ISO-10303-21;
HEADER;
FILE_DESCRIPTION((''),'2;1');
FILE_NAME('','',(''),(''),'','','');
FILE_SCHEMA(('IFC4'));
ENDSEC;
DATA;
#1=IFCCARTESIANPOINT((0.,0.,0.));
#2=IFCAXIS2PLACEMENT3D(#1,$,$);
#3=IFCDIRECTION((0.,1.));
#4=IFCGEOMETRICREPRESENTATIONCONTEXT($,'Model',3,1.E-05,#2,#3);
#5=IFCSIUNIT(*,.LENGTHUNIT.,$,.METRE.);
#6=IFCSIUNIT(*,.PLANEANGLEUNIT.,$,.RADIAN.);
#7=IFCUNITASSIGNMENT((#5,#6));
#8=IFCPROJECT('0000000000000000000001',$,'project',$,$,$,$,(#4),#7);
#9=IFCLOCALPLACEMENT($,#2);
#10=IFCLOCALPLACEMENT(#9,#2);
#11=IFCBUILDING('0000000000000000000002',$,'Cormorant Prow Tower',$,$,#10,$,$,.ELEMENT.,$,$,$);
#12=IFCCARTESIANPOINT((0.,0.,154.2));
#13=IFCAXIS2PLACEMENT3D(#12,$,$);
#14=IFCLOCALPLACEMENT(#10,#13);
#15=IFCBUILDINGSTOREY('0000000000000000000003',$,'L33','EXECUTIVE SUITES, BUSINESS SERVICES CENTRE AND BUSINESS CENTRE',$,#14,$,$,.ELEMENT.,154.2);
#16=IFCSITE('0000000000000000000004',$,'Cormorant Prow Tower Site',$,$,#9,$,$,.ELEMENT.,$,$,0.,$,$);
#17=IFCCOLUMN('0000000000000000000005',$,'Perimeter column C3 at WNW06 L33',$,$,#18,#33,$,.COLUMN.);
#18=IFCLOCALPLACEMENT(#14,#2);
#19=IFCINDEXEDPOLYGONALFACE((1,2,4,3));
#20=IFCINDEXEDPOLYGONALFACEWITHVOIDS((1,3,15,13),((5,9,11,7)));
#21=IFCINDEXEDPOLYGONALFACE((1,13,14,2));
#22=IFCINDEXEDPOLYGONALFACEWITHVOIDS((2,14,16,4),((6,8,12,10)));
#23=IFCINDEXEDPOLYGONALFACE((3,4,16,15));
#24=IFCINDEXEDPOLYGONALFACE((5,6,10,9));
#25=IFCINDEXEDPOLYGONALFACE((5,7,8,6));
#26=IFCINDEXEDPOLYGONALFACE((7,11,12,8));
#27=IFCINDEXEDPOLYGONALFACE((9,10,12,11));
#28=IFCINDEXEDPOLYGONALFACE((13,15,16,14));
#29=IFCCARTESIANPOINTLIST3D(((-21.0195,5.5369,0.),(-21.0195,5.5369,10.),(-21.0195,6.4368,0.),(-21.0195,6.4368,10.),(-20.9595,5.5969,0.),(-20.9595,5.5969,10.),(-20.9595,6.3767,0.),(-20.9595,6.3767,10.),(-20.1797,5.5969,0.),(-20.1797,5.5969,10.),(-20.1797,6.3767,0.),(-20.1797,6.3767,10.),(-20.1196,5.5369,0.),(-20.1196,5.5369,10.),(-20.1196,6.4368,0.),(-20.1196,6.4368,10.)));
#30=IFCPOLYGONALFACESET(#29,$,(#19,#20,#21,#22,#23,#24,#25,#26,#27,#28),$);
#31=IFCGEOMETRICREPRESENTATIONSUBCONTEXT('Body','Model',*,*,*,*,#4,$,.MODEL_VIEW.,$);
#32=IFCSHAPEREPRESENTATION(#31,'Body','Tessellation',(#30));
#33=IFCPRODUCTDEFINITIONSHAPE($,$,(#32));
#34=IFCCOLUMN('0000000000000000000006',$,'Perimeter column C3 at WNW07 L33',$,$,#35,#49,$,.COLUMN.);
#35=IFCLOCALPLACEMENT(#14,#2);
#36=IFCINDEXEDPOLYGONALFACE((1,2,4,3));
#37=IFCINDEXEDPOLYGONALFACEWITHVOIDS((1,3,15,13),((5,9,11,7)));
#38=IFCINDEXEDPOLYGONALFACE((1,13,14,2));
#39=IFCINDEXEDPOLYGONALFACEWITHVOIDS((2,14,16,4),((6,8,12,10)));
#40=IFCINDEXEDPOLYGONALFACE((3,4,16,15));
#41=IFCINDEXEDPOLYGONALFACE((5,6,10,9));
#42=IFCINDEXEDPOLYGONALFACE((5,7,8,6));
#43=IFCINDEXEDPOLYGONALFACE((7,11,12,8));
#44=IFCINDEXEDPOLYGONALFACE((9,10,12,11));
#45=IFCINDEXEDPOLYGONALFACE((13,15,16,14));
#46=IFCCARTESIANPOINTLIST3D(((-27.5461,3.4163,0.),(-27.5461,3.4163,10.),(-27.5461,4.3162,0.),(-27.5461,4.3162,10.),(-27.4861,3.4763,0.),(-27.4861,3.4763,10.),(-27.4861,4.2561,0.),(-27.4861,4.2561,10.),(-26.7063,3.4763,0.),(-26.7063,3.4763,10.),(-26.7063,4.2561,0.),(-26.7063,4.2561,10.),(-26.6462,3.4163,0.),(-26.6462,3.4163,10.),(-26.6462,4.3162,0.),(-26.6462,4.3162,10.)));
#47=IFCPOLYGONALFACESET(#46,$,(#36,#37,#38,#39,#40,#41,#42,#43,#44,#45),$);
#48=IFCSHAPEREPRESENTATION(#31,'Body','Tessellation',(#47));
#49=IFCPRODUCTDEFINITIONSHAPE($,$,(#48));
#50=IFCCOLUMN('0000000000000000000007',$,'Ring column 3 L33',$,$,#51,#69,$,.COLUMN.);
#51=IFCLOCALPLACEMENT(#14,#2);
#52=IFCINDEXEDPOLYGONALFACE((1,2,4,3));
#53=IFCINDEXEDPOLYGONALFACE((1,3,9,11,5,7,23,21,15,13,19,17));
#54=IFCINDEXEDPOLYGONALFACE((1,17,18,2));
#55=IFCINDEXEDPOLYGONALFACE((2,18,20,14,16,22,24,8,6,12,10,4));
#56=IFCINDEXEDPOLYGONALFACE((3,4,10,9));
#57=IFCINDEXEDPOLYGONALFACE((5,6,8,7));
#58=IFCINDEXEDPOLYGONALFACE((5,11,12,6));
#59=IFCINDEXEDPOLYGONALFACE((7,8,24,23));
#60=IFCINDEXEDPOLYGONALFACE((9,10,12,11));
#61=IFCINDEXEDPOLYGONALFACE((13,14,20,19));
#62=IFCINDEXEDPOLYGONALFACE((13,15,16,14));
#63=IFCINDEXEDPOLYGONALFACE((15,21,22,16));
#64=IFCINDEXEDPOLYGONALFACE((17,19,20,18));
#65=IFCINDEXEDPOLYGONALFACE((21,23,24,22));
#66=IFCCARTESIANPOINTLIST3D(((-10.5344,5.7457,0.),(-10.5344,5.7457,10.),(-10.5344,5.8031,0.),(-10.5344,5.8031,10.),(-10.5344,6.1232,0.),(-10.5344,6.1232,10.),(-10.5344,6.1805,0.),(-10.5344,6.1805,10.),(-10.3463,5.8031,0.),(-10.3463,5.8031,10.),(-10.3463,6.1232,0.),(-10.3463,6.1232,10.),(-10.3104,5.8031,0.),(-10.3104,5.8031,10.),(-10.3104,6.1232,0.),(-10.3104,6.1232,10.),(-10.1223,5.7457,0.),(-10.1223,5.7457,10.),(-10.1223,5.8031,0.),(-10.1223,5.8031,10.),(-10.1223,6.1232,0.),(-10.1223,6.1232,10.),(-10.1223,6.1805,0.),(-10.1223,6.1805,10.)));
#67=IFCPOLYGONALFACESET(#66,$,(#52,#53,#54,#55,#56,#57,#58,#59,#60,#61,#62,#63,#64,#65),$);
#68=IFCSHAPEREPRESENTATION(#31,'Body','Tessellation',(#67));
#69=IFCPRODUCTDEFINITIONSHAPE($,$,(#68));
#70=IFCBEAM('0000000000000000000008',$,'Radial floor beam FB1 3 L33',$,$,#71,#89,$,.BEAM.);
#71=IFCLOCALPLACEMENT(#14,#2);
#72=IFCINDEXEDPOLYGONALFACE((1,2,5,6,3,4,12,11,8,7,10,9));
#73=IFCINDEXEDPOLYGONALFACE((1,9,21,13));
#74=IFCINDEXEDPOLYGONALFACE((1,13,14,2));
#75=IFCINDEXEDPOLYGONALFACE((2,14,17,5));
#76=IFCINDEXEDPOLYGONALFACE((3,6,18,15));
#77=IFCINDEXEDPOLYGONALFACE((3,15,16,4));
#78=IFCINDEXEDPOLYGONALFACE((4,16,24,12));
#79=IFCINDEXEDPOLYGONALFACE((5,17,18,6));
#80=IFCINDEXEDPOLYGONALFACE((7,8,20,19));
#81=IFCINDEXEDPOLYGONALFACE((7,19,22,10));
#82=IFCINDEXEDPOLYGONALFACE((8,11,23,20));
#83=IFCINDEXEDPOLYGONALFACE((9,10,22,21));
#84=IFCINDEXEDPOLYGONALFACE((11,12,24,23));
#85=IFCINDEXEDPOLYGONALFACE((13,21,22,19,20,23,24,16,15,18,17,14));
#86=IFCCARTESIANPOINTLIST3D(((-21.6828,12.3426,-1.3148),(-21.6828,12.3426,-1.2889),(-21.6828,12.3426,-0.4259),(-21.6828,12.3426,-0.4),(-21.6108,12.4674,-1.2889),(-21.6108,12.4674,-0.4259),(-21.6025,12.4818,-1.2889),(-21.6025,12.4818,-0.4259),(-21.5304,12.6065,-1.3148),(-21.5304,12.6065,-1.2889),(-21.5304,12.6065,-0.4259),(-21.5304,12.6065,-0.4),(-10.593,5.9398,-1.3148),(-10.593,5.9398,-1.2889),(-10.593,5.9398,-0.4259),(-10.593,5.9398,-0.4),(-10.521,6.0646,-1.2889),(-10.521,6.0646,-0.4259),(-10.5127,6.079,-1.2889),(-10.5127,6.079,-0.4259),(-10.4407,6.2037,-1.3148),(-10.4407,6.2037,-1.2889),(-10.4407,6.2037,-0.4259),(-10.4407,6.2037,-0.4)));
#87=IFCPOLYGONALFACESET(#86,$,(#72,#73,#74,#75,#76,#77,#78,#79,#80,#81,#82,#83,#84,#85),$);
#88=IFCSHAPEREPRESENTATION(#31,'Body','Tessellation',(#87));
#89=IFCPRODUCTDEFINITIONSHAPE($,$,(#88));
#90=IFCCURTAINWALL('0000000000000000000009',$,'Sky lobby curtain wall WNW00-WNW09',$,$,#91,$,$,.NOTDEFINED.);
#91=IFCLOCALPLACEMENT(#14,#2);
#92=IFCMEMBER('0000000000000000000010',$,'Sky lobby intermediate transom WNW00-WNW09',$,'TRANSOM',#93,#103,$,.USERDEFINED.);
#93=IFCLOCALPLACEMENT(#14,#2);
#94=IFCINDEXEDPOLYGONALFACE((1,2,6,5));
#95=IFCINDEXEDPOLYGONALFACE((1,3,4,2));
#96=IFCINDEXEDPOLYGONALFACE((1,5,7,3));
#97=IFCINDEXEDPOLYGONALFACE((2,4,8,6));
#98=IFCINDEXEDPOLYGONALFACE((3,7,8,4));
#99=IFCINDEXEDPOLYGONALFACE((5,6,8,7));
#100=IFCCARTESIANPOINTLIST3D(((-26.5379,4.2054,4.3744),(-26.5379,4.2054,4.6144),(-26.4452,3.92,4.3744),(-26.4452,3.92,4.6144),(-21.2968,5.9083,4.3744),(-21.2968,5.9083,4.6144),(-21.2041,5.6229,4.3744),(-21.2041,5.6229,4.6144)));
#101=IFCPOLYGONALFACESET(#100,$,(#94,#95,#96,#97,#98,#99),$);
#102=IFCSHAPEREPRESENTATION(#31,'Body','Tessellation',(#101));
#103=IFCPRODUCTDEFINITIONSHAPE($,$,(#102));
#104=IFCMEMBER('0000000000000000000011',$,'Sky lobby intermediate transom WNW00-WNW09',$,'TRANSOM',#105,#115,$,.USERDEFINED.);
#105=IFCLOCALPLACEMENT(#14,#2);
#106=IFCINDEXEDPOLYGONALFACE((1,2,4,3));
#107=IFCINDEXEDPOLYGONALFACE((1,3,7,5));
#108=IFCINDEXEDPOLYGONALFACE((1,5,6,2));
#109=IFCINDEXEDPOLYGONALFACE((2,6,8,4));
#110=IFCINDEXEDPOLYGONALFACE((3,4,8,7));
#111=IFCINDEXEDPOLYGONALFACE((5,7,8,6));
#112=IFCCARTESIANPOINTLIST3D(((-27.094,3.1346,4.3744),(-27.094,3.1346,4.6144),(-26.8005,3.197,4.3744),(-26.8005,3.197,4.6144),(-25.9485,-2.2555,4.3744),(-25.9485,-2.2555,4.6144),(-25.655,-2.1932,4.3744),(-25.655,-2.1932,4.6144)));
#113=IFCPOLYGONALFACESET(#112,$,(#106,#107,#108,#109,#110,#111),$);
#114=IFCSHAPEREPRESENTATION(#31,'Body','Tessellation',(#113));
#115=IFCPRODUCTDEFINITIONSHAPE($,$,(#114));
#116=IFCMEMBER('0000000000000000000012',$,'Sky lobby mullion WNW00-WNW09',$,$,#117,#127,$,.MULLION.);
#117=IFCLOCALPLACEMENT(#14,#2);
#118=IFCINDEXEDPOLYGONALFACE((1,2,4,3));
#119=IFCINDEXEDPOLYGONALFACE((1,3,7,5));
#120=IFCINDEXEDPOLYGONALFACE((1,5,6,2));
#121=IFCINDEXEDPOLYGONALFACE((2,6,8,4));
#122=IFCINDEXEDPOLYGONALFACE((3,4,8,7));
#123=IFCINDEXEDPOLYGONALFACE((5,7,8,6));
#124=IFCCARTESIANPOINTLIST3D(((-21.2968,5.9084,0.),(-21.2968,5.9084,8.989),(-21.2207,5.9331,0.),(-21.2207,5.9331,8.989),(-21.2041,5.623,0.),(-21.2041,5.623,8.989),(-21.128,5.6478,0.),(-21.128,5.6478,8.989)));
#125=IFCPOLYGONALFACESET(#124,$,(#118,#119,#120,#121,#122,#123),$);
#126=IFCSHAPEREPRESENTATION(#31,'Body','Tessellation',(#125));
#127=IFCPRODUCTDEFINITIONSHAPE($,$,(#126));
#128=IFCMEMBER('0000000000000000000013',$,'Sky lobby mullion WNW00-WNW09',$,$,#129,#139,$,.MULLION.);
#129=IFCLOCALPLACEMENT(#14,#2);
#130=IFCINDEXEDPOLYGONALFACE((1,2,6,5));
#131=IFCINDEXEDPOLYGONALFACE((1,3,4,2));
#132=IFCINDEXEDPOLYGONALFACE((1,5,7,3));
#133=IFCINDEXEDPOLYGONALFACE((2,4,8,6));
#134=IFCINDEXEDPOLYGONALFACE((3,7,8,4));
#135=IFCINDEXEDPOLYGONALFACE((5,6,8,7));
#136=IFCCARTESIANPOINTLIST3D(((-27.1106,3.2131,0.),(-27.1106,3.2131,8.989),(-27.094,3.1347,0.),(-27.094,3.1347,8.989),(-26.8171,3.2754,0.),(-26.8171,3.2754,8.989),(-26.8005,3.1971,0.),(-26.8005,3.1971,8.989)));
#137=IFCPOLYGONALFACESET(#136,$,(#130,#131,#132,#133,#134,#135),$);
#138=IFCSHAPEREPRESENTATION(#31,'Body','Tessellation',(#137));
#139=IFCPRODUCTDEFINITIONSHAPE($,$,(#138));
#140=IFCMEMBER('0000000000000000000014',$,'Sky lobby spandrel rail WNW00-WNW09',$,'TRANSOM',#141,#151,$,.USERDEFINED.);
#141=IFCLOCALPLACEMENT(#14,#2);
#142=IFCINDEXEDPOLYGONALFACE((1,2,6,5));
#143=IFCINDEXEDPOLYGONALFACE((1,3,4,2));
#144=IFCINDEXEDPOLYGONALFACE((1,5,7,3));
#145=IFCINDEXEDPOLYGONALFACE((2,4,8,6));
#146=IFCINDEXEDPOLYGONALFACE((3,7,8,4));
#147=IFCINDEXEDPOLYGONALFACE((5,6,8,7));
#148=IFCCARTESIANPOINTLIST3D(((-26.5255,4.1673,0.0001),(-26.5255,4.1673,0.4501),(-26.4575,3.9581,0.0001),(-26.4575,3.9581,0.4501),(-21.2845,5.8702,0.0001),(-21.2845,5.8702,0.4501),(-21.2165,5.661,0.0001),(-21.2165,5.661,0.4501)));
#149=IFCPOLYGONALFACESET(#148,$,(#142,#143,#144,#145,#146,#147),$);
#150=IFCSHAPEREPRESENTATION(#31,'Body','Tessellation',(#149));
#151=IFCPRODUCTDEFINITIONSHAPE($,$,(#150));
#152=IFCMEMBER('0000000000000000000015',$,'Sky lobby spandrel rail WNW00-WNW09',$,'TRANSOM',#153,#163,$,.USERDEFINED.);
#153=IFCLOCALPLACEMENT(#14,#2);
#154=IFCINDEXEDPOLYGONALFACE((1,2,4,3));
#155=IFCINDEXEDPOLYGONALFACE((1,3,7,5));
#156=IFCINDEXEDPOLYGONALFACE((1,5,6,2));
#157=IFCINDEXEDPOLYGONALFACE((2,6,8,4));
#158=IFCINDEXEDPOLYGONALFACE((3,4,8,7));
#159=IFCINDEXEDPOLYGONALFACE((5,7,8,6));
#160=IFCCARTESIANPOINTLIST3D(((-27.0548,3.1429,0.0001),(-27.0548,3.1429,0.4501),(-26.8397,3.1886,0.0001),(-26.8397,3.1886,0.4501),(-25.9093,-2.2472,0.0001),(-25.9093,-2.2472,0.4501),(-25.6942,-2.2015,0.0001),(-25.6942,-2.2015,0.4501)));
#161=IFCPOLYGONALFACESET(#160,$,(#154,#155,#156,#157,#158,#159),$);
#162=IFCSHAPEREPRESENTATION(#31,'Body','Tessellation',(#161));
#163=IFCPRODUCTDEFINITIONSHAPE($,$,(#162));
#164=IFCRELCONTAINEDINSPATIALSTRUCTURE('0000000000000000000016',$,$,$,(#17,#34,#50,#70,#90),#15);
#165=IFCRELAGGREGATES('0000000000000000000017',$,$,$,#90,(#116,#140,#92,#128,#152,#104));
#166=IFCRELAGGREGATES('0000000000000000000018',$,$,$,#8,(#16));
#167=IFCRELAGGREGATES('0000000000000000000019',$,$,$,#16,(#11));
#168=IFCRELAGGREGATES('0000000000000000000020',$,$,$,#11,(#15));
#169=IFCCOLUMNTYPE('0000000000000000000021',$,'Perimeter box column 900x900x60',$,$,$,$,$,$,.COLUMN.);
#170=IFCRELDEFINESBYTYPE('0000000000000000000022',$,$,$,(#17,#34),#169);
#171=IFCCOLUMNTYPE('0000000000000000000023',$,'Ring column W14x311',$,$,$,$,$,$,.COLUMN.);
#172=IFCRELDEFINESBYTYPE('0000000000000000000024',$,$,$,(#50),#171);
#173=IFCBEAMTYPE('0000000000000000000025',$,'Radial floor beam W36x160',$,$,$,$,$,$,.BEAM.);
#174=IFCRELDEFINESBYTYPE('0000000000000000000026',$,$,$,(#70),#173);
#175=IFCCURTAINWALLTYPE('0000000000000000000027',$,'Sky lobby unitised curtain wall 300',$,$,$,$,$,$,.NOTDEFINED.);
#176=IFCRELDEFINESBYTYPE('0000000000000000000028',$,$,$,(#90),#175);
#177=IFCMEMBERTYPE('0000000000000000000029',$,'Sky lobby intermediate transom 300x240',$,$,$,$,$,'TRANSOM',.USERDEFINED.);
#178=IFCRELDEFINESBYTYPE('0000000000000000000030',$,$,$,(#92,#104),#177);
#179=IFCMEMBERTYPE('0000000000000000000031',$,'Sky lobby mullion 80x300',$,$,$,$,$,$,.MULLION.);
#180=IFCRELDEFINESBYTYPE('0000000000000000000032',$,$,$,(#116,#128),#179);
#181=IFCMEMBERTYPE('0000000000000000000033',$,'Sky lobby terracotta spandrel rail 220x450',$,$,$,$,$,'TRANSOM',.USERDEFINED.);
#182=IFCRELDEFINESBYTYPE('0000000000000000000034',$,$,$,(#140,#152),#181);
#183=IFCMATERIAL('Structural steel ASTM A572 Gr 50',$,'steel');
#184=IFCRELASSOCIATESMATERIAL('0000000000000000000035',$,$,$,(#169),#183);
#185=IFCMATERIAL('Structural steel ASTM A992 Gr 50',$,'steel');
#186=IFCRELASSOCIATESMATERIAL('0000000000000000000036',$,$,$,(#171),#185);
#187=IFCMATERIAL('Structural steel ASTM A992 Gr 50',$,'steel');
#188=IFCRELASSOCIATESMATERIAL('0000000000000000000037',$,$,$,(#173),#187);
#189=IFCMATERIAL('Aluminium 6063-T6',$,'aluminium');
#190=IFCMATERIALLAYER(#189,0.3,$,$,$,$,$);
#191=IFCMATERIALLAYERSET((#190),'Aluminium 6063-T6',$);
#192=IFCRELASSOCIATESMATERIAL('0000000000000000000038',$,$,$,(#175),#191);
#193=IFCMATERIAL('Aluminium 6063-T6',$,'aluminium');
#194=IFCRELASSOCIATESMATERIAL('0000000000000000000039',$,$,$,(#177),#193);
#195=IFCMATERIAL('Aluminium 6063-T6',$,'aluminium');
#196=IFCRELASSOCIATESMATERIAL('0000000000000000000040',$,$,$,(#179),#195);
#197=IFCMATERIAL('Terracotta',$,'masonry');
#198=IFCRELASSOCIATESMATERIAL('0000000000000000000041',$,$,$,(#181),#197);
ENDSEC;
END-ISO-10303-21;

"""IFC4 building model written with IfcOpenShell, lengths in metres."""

from ifc_helpers import new_model, si_unit, direction, frame, origin, origin_2d, place, context, subcontext, project, spatial, rectangle, hollow_rectangle, i_section, extrude, material, layer, layer_set, material_profile, profile_set, type_object, element, aggregate, save


model = new_model("IFC4")

# Units and contexts
model_context = context("Model", 3, precision=1e-05, world=origin(), true_north=direction((0.0, 1.0)))
body_context = subcontext(model_context, "Body", "Model", "MODEL_VIEW")
ifc_project = project(units=[si_unit("LENGTHUNIT", "METRE"), si_unit("PLANEANGLEUNIT", "RADIAN")], contexts=[model_context])

# Site, building, storey
site_placement = place(None, origin())
site = spatial("IfcSite", under=ifc_project, at=site_placement, Name="Cormorant Prow Tower Site", CompositionType="ELEMENT", RefElevation=0.0)
building_placement = place(site_placement, origin())
building = spatial("IfcBuilding", under=site, at=building_placement, Name="Cormorant Prow Tower", CompositionType="ELEMENT")
storey_placement = place(building_placement, frame((0.0, 0.0, 154.2)))
storey = spatial("IfcBuildingStorey", under=building, at=storey_placement, Name="L33", Description="EXECUTIVE SUITES, BUSINESS SERVICES CENTRE AND BUSINESS CENTRE", CompositionType="ELEMENT", Elevation=154.2)

# Columns
ifc_material_1 = material(Name="Structural steel ASTM A572 Gr 50", Category="steel")
ifc_material_profile_1 = material_profile(ifc_material_1, hollow_rectangle(XDim=0.8999, YDim=0.8999, WallThickness=0.0601, at=origin_2d()), Name="Box 900x900x60")
ifc_profile_set_1 = profile_set([ifc_material_profile_1], Name="Structural steel ASTM A572 Gr 50")
column_type_1 = type_object("IfcColumnType", Name="Perimeter box column 900x900x60", PredefinedType="COLUMN", material=ifc_profile_set_1)
for number, where, z_axis, x_axis, name in (
    (1, (-20.5696, 5.9868, 0.0), (0.0, 0.0, 1.0), (1.0, 0.0, 0.0), "Perimeter column C3 at WNW06 L33"),
    (2, (-27.0962, 3.8662, 0.0), (0.0, 0.0, 1.0), (1.0, 0.0, 0.0), "Perimeter column C3 at WNW07 L33"),
):
    element("IfcColumn", number, at=place(storey_placement, frame(where, z_axis=z_axis, x_axis=x_axis)), inside=storey, type_object=column_type_1, Name=name, PredefinedType="COLUMN", context=body_context, shape_type="SweptSolid", body=[
        extrude(hollow_rectangle(XDim=0.8999, YDim=0.8999, WallThickness=0.0601, at=origin_2d()), origin(), (0.0, 0.0, 1.0), 10.0),
    ])
ifc_material_2 = material(Name="Structural steel ASTM A992 Gr 50", Category="steel")
ifc_material_profile_2 = material_profile(ifc_material_2, i_section(OverallWidth=0.4121, OverallDepth=0.4348, WebThickness=0.0359, FlangeThickness=0.0574, at=origin_2d()), Name="W14x311")
ifc_profile_set_2 = profile_set([ifc_material_profile_2], Name="Structural steel ASTM A992 Gr 50")
column_type_2 = type_object("IfcColumnType", Name="Ring column W14x311", PredefinedType="COLUMN", material=ifc_profile_set_2)
column_placement = place(storey_placement, frame((-10.3284, 5.9631, 0.0), z_axis=(0.0, 0.0, 1.0), x_axis=(1.0, 0.0, 0.0)))
element("IfcColumn", 3, at=column_placement, inside=storey, type_object=column_type_2, Name="Ring column 3 L33", PredefinedType="COLUMN", context=body_context, shape_type="SweptSolid", body=[
    extrude(i_section(OverallWidth=0.4121, OverallDepth=0.4348, WebThickness=0.0359, FlangeThickness=0.0574, at=origin_2d()), origin(), (0.0, 0.0, 1.0), 10.0),
])

# Beam
ifc_material_3 = material(Name="Structural steel ASTM A992 Gr 50", Category="steel")
ifc_material_profile_3 = material_profile(ifc_material_3, i_section(OverallWidth=0.3047, OverallDepth=0.9148, WebThickness=0.0166, FlangeThickness=0.0259, at=origin_2d()), Name="W36x160")
ifc_profile_set_3 = profile_set([ifc_material_profile_3], Name="Structural steel ASTM A992 Gr 50")
beam_type_1 = type_object("IfcBeamType", Name="Radial floor beam W36x160", PredefinedType="BEAM", material=ifc_profile_set_3)
beam_1_placement = place(storey_placement, frame((-10.5168, 6.0718, -0.8574), z_axis=(-0.866022, 0.500006, 0.0), x_axis=(-0.500006, -0.866022, 0.0)))
element("IfcBeam", 4, at=beam_1_placement, inside=storey, type_object=beam_type_1, Name="Radial floor beam FB1 3 L33", PredefinedType="BEAM", context=body_context, shape_type="SweptSolid", body=[
    extrude(i_section(OverallWidth=0.3047, OverallDepth=0.9148, WebThickness=0.0166, FlangeThickness=0.0259, at=origin_2d()), origin(), (0.0, 0.0, 1.0), 12.8054),
])

# Curtain wall, members
ifc_material_4 = material(Name="Aluminium 6063-T6", Category="aluminium")
ifc_layer_1 = layer(ifc_material_4, 0.3)
ifc_layer_set_1 = layer_set([ifc_layer_1], Name="Aluminium 6063-T6")
curtain_wall_type = type_object("IfcCurtainWallType", Name="Sky lobby unitised curtain wall 300", PredefinedType="NOTDEFINED", material=ifc_layer_set_1)
curtain_wall_placement = place(storey_placement, origin())
curtain_wall = element("IfcCurtainWall", 5, at=curtain_wall_placement, inside=storey, type_object=curtain_wall_type, Name="Sky lobby curtain wall WNW00-WNW09", PredefinedType="NOTDEFINED")
ifc_material_5 = material(Name="Aluminium 6063-T6", Category="aluminium")
ifc_material_profile_4 = material_profile(ifc_material_5, rectangle(XDim=0.3, YDim=0.24, at=origin_2d()), Name="Sky lobby intermediate transom 300x240")
ifc_profile_set_4 = profile_set([ifc_material_profile_4], Name="Aluminium 6063-T6")
member_type_1 = type_object("IfcMemberType", Name="Sky lobby intermediate transom 300x240", ElementType="TRANSOM", PredefinedType="USERDEFINED", material=ifc_profile_set_4)
member_1_placement = place(storey_placement, frame((-21.2505, 5.7656, 4.4944), z_axis=(-0.951057, -0.309015, 0.0), x_axis=(0.309015, -0.951057, 0.0)))
member_1 = element("IfcMember", 6, at=member_1_placement, type_object=member_type_1, Name="Sky lobby intermediate transom WNW00-WNW09", ObjectType="TRANSOM", PredefinedType="USERDEFINED", context=body_context, shape_type="SweptSolid", body=[
    extrude(rectangle(XDim=0.3, YDim=0.24, at=origin_2d()), origin(), (0.0, 0.0, 1.0), 5.5107),
])
member_2_placement = place(storey_placement, frame((-26.9473, 3.1658, 4.4944), z_axis=(0.207877, -0.978155, 0.0), x_axis=(0.978155, 0.207877, 0.0)))
member_2 = element("IfcMember", 7, at=member_2_placement, type_object=member_type_1, Name="Sky lobby intermediate transom WNW00-WNW09", ObjectType="TRANSOM", PredefinedType="USERDEFINED", context=body_context, shape_type="SweptSolid", body=[
    extrude(rectangle(XDim=0.3, YDim=0.24, at=origin_2d()), origin(), (0.0, 0.0, 1.0), 5.5105),
])
ifc_material_6 = material(Name="Aluminium 6063-T6", Category="aluminium")
ifc_material_profile_5 = material_profile(ifc_material_6, rectangle(XDim=0.3, YDim=0.0801, at=origin_2d()), Name="Sky lobby mullion 80x300")
ifc_profile_set_5 = profile_set([ifc_material_profile_5], Name="Aluminium 6063-T6")
member_type_2 = type_object("IfcMemberType", Name="Sky lobby mullion 80x300", PredefinedType="MULLION", material=ifc_profile_set_5)
member_3_placement = place(storey_placement, frame((-21.2124, 5.7781, 0.0), z_axis=(0.0, 0.0, 1.0), x_axis=(0.309017, -0.951056, 0.0)))
member_3 = element("IfcMember", 8, at=member_3_placement, type_object=member_type_2, Name="Sky lobby mullion WNW00-WNW09", PredefinedType="MULLION", context=body_context, shape_type="SweptSolid", body=[
    extrude(rectangle(XDim=0.3, YDim=0.0801, at=origin_2d()), origin(), (0.0, 0.0, 1.0), 8.989),
])
member_4_placement = place(storey_placement, frame((-26.9556, 3.2051, 0.0), z_axis=(0.0, 0.0, 1.0), x_axis=(0.978148, 0.207912, 0.0)))
member_4 = element("IfcMember", 9, at=member_4_placement, type_object=member_type_2, Name="Sky lobby mullion WNW00-WNW09", PredefinedType="MULLION", context=body_context, shape_type="SweptSolid", body=[
    extrude(rectangle(XDim=0.3, YDim=0.0801, at=origin_2d()), origin(), (0.0, 0.0, 1.0), 8.989),
])
ifc_material_7 = material(Name="Terracotta", Category="masonry")
ifc_material_profile_6 = material_profile(ifc_material_7, rectangle(XDim=0.22, YDim=0.45, at=origin_2d()), Name="Sky lobby terracotta spandrel rail 220x450")
ifc_profile_set_6 = profile_set([ifc_material_profile_6], Name="Terracotta")
member_type_3 = type_object("IfcMemberType", Name="Sky lobby terracotta spandrel rail 220x450", ElementType="TRANSOM", PredefinedType="USERDEFINED", material=ifc_profile_set_6)
member_5_placement = place(storey_placement, frame((-21.2505, 5.7656, 0.2251), z_axis=(-0.951057, -0.309015, 0.0), x_axis=(0.309015, -0.951057, 0.0)))
member_5 = element("IfcMember", 10, at=member_5_placement, type_object=member_type_3, Name="Sky lobby spandrel rail WNW00-WNW09", ObjectType="TRANSOM", PredefinedType="USERDEFINED", context=body_context, shape_type="SweptSolid", body=[
    extrude(rectangle(XDim=0.22, YDim=0.45, at=origin_2d()), origin(), (0.0, 0.0, 1.0), 5.5107),
])
member_6_placement = place(storey_placement, frame((-26.9473, 3.1658, 0.2251), z_axis=(0.207877, -0.978155, 0.0), x_axis=(0.978155, 0.207877, 0.0)))
member_6 = element("IfcMember", 11, at=member_6_placement, type_object=member_type_3, Name="Sky lobby spandrel rail WNW00-WNW09", ObjectType="TRANSOM", PredefinedType="USERDEFINED", context=body_context, shape_type="SweptSolid", body=[
    extrude(rectangle(XDim=0.22, YDim=0.45, at=origin_2d()), origin(), (0.0, 0.0, 1.0), 5.5105),
])

aggregate(curtain_wall, [member_3, member_5, member_1, member_4, member_6, member_2])

save(model, "model.ifc")
